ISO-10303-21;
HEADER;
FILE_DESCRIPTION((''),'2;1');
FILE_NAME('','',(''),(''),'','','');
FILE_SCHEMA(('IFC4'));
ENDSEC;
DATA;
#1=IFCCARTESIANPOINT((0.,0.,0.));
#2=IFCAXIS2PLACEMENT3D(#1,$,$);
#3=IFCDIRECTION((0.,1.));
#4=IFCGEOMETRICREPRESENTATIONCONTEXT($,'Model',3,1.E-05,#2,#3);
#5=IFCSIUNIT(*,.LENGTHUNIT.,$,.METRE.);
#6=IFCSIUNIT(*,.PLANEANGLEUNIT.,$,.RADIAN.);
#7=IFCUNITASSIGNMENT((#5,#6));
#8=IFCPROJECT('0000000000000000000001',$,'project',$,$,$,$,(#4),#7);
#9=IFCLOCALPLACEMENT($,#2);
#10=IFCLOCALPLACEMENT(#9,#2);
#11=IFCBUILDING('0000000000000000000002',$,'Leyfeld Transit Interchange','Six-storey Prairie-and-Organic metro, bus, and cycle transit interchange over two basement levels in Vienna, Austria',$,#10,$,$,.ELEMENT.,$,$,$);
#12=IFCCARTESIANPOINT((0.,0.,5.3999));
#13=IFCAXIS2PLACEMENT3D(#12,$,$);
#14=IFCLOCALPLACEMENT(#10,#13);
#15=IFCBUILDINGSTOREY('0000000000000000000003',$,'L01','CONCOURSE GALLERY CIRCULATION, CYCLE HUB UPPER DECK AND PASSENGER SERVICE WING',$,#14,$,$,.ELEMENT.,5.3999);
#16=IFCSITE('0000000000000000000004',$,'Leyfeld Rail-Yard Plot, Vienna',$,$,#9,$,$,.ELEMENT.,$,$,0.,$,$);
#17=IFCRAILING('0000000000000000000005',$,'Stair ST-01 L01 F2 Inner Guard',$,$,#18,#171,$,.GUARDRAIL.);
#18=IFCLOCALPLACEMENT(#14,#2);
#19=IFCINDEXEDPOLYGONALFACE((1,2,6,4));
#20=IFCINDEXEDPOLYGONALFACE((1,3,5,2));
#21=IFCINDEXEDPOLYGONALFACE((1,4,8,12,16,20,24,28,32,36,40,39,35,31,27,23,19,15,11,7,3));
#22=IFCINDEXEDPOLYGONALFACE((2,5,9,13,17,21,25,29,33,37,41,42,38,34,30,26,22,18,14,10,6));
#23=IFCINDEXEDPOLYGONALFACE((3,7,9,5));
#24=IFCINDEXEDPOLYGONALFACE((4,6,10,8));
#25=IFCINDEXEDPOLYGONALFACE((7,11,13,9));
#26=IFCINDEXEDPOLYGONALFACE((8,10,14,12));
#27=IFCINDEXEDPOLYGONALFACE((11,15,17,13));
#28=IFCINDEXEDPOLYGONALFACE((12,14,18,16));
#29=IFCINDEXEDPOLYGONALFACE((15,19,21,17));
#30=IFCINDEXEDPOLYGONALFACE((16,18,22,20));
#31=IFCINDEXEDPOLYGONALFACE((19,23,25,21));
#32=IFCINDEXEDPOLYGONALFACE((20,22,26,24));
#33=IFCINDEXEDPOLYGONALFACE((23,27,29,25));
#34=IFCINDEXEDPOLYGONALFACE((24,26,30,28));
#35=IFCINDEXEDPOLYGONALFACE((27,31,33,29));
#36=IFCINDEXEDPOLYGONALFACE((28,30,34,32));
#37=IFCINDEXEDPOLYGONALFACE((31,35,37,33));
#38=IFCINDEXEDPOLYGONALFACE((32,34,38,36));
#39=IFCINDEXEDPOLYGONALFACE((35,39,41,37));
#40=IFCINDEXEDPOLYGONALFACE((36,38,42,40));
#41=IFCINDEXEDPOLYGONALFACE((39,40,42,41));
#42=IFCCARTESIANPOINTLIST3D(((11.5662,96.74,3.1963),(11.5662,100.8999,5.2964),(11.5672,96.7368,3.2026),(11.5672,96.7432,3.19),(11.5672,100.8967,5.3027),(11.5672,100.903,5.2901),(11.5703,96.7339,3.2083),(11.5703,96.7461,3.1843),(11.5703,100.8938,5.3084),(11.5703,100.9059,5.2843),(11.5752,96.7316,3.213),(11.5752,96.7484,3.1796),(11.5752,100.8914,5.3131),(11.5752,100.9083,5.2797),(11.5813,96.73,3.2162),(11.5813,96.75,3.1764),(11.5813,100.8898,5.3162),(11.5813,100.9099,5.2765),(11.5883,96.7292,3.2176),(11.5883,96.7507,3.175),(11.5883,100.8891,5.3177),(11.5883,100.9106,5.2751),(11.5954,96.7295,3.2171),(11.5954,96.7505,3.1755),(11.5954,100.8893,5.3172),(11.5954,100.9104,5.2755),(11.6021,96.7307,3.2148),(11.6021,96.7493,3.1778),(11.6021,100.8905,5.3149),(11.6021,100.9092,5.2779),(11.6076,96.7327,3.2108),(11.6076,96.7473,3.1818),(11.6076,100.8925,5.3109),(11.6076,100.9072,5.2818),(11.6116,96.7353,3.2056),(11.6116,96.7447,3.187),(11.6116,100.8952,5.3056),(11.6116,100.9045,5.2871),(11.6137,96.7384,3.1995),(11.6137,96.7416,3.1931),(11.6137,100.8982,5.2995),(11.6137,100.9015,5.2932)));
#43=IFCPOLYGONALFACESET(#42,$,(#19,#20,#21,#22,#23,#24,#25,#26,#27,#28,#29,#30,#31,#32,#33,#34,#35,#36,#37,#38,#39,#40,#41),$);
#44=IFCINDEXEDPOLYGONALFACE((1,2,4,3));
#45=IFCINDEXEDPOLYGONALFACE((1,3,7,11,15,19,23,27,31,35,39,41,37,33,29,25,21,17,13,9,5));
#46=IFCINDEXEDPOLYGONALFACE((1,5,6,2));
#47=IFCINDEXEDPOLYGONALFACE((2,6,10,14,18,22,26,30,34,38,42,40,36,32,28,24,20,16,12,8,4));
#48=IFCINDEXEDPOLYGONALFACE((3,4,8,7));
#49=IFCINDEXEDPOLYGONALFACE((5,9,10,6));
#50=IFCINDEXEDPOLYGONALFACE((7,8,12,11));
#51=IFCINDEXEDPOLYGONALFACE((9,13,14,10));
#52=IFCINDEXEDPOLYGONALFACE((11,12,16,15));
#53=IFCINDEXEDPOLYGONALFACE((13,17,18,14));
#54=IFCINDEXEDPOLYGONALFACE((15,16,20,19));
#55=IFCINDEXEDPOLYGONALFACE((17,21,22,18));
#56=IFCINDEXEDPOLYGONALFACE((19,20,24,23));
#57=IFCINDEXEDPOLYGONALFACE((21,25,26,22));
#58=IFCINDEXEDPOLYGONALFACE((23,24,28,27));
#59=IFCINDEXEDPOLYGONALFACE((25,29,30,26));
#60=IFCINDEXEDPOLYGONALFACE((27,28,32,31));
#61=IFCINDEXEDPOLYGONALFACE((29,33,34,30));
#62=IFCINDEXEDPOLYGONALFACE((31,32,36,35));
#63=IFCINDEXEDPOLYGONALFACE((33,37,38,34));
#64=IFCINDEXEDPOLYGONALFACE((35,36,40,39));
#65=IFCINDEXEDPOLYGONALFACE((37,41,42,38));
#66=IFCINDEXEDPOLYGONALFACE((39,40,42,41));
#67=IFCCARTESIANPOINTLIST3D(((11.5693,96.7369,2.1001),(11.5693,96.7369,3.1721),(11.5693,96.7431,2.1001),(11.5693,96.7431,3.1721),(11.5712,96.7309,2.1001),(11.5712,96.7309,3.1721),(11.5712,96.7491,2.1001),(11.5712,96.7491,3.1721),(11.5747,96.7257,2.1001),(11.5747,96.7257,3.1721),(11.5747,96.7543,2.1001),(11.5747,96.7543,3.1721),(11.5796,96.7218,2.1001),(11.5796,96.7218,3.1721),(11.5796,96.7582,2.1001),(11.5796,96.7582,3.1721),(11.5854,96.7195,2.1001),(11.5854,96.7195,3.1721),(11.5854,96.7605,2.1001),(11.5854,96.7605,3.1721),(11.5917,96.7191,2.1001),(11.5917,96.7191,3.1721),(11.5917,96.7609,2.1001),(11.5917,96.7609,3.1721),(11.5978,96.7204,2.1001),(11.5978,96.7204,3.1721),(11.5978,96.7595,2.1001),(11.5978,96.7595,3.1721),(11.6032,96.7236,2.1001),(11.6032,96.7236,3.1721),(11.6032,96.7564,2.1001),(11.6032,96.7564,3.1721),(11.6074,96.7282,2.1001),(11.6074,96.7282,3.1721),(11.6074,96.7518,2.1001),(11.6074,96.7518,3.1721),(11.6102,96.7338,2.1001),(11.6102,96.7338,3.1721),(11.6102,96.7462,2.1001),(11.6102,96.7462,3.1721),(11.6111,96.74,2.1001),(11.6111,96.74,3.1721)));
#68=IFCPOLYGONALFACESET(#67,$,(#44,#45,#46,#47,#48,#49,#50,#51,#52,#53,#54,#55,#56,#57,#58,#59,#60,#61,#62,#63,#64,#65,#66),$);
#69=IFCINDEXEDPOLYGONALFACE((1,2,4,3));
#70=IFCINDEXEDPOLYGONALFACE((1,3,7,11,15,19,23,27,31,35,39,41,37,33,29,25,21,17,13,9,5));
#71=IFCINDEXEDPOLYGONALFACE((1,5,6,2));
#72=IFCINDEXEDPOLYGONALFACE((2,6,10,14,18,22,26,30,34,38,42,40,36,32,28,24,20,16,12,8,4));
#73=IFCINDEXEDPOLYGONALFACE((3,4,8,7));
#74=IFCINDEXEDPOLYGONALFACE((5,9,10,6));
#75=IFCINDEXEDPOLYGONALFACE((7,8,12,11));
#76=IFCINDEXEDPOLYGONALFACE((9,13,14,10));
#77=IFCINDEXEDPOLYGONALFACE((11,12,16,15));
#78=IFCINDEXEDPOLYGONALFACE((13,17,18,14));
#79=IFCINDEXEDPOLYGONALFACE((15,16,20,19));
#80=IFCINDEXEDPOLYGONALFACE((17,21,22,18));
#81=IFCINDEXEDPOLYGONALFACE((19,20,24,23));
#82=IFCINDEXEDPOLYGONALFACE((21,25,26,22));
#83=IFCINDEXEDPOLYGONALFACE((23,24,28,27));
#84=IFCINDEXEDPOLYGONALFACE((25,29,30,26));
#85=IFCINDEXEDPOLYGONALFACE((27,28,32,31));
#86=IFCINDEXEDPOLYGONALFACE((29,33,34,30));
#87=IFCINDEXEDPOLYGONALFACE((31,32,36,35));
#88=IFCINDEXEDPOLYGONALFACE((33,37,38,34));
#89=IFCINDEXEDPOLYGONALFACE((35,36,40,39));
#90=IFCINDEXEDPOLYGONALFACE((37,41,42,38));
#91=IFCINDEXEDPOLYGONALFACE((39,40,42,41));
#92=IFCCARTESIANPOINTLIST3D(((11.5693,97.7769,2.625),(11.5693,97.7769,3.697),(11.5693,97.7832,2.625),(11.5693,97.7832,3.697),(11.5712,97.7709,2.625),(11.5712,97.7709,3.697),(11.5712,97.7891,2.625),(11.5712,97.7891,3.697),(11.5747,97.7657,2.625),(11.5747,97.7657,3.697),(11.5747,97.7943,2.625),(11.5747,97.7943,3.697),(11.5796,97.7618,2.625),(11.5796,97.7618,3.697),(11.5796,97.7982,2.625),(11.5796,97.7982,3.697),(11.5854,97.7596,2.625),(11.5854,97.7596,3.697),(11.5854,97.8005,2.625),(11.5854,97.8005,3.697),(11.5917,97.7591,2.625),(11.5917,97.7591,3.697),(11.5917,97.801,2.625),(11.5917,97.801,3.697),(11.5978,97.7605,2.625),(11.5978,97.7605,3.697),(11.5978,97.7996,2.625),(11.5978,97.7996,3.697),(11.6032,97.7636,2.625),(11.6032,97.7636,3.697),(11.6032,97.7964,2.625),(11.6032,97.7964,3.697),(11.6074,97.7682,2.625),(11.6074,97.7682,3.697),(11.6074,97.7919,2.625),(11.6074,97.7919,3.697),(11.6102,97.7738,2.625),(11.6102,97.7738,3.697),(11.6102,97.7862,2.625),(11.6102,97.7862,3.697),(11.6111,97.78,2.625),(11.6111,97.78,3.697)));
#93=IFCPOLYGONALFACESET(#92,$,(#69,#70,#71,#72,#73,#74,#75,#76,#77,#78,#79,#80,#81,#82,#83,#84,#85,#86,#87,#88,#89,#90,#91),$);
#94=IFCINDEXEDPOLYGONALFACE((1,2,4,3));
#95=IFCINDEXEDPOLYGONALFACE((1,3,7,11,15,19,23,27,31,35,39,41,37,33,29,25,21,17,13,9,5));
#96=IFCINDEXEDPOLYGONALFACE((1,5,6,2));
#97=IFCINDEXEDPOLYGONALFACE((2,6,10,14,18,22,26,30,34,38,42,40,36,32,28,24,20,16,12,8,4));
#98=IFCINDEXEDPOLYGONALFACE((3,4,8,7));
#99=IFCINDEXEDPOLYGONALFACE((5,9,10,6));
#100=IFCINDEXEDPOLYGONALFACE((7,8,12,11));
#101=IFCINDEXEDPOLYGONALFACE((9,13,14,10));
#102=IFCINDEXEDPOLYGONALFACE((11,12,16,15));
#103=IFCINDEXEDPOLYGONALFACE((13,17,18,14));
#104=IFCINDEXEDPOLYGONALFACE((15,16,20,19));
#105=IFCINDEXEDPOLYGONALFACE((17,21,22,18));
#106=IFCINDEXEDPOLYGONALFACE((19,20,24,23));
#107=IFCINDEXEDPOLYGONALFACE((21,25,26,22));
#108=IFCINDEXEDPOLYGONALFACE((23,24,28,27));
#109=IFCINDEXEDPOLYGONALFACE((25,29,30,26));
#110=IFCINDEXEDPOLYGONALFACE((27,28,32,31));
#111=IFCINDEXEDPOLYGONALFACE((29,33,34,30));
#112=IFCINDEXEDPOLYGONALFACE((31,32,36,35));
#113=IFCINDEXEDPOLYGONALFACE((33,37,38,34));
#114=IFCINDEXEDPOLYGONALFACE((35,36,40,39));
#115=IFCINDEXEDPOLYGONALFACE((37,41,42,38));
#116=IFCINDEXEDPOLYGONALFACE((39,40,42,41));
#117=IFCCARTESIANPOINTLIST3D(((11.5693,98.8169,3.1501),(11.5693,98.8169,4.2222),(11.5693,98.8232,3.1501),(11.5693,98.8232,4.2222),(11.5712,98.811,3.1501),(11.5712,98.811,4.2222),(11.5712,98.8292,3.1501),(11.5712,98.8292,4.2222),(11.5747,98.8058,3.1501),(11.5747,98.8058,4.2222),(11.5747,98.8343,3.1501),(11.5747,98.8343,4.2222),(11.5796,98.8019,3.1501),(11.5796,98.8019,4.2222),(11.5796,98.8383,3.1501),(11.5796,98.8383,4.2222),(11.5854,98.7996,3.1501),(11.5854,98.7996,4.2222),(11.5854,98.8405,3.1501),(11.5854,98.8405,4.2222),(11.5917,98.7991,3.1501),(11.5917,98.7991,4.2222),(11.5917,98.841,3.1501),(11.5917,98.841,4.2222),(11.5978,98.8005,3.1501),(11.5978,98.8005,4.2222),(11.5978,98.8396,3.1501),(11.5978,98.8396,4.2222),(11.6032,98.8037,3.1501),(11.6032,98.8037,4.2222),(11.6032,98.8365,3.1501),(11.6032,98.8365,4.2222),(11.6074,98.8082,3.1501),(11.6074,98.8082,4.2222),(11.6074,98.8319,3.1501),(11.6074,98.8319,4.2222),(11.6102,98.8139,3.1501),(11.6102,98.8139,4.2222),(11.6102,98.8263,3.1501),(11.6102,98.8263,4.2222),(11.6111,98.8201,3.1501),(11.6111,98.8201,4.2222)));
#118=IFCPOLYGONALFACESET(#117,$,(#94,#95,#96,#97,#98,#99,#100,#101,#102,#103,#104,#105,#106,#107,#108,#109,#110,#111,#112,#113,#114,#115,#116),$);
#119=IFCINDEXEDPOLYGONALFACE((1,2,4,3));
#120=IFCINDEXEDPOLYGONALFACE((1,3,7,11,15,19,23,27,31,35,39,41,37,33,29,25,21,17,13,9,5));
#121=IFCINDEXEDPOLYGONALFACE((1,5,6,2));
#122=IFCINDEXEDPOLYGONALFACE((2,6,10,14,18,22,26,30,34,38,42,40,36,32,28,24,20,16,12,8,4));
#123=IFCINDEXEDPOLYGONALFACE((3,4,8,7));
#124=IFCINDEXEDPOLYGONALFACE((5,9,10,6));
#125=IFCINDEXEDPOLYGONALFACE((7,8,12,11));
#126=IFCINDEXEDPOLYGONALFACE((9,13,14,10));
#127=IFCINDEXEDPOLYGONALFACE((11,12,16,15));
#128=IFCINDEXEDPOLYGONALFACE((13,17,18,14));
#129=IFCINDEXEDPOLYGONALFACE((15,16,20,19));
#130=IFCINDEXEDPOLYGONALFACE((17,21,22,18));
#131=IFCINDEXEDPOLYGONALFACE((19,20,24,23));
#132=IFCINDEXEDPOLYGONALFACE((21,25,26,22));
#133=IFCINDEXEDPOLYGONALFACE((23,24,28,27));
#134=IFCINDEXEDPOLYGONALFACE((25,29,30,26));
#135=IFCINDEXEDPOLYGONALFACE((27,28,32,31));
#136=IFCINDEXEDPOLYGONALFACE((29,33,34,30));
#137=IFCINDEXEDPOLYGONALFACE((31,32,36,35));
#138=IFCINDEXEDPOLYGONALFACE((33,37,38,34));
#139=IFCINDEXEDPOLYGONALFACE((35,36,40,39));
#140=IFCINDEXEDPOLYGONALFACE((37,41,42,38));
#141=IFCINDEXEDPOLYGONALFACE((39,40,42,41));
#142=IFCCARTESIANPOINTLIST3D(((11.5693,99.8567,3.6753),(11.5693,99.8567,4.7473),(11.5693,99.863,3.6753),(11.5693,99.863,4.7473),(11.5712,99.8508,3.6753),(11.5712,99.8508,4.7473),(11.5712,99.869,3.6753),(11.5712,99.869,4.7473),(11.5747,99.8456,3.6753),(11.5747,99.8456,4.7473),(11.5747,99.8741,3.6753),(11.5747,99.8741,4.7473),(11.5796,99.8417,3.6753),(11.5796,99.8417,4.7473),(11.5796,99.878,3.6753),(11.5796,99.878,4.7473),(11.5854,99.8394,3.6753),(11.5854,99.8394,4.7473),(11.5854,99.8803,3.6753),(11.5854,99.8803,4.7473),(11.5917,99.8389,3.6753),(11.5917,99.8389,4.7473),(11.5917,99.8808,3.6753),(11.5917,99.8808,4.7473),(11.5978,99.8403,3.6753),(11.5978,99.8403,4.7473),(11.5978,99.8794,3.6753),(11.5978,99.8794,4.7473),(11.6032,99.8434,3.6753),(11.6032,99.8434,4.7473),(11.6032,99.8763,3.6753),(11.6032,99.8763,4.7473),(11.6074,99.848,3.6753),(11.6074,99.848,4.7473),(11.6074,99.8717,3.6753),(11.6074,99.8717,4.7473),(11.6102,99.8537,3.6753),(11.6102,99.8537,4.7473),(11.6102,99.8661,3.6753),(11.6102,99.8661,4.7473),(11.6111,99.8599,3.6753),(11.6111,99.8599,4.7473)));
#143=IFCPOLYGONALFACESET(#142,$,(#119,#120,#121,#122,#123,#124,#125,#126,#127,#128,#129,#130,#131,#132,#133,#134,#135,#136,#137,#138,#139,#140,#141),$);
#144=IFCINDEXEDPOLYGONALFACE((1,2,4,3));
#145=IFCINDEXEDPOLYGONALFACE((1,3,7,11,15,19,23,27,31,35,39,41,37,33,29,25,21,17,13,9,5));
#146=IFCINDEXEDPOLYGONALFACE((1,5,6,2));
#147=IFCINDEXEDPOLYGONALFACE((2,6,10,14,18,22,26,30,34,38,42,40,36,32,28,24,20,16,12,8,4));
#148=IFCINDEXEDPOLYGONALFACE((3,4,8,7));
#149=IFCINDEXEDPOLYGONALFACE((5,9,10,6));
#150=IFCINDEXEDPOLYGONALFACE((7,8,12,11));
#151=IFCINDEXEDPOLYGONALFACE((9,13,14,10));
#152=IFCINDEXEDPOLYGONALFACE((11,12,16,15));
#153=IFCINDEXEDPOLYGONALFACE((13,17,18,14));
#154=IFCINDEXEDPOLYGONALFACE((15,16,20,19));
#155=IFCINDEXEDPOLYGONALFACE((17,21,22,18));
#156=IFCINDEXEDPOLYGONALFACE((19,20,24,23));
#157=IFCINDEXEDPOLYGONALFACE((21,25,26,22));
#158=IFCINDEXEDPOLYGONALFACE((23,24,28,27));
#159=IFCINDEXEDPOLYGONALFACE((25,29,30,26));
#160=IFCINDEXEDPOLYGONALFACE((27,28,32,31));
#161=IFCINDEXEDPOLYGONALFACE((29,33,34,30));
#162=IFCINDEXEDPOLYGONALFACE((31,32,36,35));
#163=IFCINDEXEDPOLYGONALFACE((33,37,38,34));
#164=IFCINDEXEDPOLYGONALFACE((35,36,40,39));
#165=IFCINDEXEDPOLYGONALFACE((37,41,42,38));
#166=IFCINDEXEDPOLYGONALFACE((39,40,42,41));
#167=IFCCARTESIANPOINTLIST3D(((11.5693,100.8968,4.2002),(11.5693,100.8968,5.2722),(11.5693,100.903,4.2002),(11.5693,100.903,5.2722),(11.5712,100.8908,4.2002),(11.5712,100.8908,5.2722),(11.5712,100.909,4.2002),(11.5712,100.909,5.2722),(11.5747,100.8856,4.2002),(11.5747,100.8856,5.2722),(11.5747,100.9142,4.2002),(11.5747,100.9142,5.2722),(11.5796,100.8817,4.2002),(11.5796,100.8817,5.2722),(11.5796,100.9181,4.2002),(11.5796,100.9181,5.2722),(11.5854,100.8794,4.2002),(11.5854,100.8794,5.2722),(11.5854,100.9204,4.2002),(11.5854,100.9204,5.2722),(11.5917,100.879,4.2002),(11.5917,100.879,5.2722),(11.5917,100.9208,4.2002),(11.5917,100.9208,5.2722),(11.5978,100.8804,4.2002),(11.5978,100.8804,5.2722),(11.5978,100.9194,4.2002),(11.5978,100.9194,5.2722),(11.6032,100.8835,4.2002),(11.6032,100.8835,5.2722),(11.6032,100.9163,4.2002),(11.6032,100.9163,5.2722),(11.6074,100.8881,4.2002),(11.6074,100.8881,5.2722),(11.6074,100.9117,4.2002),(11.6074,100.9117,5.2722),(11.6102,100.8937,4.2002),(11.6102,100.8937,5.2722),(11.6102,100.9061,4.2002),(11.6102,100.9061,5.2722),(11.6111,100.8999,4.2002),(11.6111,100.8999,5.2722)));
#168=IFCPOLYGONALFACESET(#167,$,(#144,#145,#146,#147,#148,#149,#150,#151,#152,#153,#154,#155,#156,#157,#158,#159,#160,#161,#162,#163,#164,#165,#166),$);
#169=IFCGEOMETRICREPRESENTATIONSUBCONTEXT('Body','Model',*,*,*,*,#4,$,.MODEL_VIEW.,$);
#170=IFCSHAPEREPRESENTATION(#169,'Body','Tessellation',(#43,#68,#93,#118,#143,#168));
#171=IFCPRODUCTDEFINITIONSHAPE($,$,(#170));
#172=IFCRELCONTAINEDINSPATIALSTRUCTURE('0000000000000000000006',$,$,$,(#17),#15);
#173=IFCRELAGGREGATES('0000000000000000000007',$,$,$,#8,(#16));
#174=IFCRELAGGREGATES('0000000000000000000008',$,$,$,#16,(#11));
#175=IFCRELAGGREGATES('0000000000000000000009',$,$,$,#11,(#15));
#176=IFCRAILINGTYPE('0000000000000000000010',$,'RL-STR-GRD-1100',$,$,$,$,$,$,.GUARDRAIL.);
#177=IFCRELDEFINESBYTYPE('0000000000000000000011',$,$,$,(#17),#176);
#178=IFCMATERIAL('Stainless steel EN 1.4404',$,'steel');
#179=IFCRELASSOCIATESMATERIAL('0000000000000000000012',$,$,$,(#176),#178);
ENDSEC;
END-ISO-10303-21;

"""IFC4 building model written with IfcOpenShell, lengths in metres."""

from ifc_helpers import new_model, si_unit, direction, frame, origin, origin_2d, place, context, subcontext, project, spatial, circle, extrude, material, type_object, element, save


model = new_model("IFC4")

# Units and contexts
model_context = context("Model", 3, precision=1e-05, world=origin(), true_north=direction((0.0, 1.0)))
body_context = subcontext(model_context, "Body", "Model", "MODEL_VIEW")
ifc_project = project(units=[si_unit("LENGTHUNIT", "METRE"), si_unit("PLANEANGLEUNIT", "RADIAN")], contexts=[model_context])

# Site, building, storey
site_placement = place(None, origin())
site = spatial("IfcSite", under=ifc_project, at=site_placement, Name="Leyfeld Rail-Yard Plot, Vienna", CompositionType="ELEMENT", RefElevation=0.0)
building_placement = place(site_placement, origin())
building = spatial("IfcBuilding", under=site, at=building_placement, Name="Leyfeld Transit Interchange", Description="Six-storey Prairie-and-Organic metro, bus, and cycle transit interchange over two basement levels in Vienna, Austria", CompositionType="ELEMENT")
storey_placement = place(building_placement, frame((0.0, 0.0, 5.3999)))
storey = spatial("IfcBuildingStorey", under=building, at=storey_placement, Name="L01", Description="CONCOURSE GALLERY CIRCULATION, CYCLE HUB UPPER DECK AND PASSENGER SERVICE WING", CompositionType="ELEMENT", Elevation=5.3999)

# Railing
ifc_material_1 = material(Name="Stainless steel EN 1.4404", Category="steel")
railing_type_1 = type_object("IfcRailingType", Name="RL-STR-GRD-1100", PredefinedType="GUARDRAIL", material=ifc_material_1)
for number, where, name in (
    (1, (11.5901, 96.74, 2.1001), "Stair ST-01 L01 F2 Inner Guard"),
):
    element("IfcRailing", number, at=place(storey_placement, frame(where)), inside=storey, type_object=railing_type_1, Name=name, PredefinedType="GUARDRAIL", context=body_context, shape_type="SweptSolid", body=[
        extrude(circle(Radius=0.0239, at=origin_2d()), frame((0.0, 0.0, 1.0962), z_axis=(0.0, 0.892692, 0.450668), x_axis=(-1.0, 0.0, 0.0)), (0.0, 0.0, 1.0), 4.6599),
        extrude(circle(Radius=0.021, at=origin_2d()), origin(), (0.0, 0.0, 1.0), 1.072),
        extrude(circle(Radius=0.021, at=origin_2d()), frame((0.0, 1.04, 0.5249)), (0.0, 0.0, 1.0), 1.072),
        extrude(circle(Radius=0.021, at=origin_2d()), frame((0.0, 2.0801, 1.05)), (0.0, 0.0, 1.0), 1.072),
        extrude(circle(Radius=0.021, at=origin_2d()), frame((0.0, 3.1199, 1.5752)), (0.0, 0.0, 1.0), 1.072),
        extrude(circle(Radius=0.021, at=origin_2d()), frame((0.0, 4.1599, 2.1001)), (0.0, 0.0, 1.0), 1.072),
    ])

save(model, "model.ifc")
